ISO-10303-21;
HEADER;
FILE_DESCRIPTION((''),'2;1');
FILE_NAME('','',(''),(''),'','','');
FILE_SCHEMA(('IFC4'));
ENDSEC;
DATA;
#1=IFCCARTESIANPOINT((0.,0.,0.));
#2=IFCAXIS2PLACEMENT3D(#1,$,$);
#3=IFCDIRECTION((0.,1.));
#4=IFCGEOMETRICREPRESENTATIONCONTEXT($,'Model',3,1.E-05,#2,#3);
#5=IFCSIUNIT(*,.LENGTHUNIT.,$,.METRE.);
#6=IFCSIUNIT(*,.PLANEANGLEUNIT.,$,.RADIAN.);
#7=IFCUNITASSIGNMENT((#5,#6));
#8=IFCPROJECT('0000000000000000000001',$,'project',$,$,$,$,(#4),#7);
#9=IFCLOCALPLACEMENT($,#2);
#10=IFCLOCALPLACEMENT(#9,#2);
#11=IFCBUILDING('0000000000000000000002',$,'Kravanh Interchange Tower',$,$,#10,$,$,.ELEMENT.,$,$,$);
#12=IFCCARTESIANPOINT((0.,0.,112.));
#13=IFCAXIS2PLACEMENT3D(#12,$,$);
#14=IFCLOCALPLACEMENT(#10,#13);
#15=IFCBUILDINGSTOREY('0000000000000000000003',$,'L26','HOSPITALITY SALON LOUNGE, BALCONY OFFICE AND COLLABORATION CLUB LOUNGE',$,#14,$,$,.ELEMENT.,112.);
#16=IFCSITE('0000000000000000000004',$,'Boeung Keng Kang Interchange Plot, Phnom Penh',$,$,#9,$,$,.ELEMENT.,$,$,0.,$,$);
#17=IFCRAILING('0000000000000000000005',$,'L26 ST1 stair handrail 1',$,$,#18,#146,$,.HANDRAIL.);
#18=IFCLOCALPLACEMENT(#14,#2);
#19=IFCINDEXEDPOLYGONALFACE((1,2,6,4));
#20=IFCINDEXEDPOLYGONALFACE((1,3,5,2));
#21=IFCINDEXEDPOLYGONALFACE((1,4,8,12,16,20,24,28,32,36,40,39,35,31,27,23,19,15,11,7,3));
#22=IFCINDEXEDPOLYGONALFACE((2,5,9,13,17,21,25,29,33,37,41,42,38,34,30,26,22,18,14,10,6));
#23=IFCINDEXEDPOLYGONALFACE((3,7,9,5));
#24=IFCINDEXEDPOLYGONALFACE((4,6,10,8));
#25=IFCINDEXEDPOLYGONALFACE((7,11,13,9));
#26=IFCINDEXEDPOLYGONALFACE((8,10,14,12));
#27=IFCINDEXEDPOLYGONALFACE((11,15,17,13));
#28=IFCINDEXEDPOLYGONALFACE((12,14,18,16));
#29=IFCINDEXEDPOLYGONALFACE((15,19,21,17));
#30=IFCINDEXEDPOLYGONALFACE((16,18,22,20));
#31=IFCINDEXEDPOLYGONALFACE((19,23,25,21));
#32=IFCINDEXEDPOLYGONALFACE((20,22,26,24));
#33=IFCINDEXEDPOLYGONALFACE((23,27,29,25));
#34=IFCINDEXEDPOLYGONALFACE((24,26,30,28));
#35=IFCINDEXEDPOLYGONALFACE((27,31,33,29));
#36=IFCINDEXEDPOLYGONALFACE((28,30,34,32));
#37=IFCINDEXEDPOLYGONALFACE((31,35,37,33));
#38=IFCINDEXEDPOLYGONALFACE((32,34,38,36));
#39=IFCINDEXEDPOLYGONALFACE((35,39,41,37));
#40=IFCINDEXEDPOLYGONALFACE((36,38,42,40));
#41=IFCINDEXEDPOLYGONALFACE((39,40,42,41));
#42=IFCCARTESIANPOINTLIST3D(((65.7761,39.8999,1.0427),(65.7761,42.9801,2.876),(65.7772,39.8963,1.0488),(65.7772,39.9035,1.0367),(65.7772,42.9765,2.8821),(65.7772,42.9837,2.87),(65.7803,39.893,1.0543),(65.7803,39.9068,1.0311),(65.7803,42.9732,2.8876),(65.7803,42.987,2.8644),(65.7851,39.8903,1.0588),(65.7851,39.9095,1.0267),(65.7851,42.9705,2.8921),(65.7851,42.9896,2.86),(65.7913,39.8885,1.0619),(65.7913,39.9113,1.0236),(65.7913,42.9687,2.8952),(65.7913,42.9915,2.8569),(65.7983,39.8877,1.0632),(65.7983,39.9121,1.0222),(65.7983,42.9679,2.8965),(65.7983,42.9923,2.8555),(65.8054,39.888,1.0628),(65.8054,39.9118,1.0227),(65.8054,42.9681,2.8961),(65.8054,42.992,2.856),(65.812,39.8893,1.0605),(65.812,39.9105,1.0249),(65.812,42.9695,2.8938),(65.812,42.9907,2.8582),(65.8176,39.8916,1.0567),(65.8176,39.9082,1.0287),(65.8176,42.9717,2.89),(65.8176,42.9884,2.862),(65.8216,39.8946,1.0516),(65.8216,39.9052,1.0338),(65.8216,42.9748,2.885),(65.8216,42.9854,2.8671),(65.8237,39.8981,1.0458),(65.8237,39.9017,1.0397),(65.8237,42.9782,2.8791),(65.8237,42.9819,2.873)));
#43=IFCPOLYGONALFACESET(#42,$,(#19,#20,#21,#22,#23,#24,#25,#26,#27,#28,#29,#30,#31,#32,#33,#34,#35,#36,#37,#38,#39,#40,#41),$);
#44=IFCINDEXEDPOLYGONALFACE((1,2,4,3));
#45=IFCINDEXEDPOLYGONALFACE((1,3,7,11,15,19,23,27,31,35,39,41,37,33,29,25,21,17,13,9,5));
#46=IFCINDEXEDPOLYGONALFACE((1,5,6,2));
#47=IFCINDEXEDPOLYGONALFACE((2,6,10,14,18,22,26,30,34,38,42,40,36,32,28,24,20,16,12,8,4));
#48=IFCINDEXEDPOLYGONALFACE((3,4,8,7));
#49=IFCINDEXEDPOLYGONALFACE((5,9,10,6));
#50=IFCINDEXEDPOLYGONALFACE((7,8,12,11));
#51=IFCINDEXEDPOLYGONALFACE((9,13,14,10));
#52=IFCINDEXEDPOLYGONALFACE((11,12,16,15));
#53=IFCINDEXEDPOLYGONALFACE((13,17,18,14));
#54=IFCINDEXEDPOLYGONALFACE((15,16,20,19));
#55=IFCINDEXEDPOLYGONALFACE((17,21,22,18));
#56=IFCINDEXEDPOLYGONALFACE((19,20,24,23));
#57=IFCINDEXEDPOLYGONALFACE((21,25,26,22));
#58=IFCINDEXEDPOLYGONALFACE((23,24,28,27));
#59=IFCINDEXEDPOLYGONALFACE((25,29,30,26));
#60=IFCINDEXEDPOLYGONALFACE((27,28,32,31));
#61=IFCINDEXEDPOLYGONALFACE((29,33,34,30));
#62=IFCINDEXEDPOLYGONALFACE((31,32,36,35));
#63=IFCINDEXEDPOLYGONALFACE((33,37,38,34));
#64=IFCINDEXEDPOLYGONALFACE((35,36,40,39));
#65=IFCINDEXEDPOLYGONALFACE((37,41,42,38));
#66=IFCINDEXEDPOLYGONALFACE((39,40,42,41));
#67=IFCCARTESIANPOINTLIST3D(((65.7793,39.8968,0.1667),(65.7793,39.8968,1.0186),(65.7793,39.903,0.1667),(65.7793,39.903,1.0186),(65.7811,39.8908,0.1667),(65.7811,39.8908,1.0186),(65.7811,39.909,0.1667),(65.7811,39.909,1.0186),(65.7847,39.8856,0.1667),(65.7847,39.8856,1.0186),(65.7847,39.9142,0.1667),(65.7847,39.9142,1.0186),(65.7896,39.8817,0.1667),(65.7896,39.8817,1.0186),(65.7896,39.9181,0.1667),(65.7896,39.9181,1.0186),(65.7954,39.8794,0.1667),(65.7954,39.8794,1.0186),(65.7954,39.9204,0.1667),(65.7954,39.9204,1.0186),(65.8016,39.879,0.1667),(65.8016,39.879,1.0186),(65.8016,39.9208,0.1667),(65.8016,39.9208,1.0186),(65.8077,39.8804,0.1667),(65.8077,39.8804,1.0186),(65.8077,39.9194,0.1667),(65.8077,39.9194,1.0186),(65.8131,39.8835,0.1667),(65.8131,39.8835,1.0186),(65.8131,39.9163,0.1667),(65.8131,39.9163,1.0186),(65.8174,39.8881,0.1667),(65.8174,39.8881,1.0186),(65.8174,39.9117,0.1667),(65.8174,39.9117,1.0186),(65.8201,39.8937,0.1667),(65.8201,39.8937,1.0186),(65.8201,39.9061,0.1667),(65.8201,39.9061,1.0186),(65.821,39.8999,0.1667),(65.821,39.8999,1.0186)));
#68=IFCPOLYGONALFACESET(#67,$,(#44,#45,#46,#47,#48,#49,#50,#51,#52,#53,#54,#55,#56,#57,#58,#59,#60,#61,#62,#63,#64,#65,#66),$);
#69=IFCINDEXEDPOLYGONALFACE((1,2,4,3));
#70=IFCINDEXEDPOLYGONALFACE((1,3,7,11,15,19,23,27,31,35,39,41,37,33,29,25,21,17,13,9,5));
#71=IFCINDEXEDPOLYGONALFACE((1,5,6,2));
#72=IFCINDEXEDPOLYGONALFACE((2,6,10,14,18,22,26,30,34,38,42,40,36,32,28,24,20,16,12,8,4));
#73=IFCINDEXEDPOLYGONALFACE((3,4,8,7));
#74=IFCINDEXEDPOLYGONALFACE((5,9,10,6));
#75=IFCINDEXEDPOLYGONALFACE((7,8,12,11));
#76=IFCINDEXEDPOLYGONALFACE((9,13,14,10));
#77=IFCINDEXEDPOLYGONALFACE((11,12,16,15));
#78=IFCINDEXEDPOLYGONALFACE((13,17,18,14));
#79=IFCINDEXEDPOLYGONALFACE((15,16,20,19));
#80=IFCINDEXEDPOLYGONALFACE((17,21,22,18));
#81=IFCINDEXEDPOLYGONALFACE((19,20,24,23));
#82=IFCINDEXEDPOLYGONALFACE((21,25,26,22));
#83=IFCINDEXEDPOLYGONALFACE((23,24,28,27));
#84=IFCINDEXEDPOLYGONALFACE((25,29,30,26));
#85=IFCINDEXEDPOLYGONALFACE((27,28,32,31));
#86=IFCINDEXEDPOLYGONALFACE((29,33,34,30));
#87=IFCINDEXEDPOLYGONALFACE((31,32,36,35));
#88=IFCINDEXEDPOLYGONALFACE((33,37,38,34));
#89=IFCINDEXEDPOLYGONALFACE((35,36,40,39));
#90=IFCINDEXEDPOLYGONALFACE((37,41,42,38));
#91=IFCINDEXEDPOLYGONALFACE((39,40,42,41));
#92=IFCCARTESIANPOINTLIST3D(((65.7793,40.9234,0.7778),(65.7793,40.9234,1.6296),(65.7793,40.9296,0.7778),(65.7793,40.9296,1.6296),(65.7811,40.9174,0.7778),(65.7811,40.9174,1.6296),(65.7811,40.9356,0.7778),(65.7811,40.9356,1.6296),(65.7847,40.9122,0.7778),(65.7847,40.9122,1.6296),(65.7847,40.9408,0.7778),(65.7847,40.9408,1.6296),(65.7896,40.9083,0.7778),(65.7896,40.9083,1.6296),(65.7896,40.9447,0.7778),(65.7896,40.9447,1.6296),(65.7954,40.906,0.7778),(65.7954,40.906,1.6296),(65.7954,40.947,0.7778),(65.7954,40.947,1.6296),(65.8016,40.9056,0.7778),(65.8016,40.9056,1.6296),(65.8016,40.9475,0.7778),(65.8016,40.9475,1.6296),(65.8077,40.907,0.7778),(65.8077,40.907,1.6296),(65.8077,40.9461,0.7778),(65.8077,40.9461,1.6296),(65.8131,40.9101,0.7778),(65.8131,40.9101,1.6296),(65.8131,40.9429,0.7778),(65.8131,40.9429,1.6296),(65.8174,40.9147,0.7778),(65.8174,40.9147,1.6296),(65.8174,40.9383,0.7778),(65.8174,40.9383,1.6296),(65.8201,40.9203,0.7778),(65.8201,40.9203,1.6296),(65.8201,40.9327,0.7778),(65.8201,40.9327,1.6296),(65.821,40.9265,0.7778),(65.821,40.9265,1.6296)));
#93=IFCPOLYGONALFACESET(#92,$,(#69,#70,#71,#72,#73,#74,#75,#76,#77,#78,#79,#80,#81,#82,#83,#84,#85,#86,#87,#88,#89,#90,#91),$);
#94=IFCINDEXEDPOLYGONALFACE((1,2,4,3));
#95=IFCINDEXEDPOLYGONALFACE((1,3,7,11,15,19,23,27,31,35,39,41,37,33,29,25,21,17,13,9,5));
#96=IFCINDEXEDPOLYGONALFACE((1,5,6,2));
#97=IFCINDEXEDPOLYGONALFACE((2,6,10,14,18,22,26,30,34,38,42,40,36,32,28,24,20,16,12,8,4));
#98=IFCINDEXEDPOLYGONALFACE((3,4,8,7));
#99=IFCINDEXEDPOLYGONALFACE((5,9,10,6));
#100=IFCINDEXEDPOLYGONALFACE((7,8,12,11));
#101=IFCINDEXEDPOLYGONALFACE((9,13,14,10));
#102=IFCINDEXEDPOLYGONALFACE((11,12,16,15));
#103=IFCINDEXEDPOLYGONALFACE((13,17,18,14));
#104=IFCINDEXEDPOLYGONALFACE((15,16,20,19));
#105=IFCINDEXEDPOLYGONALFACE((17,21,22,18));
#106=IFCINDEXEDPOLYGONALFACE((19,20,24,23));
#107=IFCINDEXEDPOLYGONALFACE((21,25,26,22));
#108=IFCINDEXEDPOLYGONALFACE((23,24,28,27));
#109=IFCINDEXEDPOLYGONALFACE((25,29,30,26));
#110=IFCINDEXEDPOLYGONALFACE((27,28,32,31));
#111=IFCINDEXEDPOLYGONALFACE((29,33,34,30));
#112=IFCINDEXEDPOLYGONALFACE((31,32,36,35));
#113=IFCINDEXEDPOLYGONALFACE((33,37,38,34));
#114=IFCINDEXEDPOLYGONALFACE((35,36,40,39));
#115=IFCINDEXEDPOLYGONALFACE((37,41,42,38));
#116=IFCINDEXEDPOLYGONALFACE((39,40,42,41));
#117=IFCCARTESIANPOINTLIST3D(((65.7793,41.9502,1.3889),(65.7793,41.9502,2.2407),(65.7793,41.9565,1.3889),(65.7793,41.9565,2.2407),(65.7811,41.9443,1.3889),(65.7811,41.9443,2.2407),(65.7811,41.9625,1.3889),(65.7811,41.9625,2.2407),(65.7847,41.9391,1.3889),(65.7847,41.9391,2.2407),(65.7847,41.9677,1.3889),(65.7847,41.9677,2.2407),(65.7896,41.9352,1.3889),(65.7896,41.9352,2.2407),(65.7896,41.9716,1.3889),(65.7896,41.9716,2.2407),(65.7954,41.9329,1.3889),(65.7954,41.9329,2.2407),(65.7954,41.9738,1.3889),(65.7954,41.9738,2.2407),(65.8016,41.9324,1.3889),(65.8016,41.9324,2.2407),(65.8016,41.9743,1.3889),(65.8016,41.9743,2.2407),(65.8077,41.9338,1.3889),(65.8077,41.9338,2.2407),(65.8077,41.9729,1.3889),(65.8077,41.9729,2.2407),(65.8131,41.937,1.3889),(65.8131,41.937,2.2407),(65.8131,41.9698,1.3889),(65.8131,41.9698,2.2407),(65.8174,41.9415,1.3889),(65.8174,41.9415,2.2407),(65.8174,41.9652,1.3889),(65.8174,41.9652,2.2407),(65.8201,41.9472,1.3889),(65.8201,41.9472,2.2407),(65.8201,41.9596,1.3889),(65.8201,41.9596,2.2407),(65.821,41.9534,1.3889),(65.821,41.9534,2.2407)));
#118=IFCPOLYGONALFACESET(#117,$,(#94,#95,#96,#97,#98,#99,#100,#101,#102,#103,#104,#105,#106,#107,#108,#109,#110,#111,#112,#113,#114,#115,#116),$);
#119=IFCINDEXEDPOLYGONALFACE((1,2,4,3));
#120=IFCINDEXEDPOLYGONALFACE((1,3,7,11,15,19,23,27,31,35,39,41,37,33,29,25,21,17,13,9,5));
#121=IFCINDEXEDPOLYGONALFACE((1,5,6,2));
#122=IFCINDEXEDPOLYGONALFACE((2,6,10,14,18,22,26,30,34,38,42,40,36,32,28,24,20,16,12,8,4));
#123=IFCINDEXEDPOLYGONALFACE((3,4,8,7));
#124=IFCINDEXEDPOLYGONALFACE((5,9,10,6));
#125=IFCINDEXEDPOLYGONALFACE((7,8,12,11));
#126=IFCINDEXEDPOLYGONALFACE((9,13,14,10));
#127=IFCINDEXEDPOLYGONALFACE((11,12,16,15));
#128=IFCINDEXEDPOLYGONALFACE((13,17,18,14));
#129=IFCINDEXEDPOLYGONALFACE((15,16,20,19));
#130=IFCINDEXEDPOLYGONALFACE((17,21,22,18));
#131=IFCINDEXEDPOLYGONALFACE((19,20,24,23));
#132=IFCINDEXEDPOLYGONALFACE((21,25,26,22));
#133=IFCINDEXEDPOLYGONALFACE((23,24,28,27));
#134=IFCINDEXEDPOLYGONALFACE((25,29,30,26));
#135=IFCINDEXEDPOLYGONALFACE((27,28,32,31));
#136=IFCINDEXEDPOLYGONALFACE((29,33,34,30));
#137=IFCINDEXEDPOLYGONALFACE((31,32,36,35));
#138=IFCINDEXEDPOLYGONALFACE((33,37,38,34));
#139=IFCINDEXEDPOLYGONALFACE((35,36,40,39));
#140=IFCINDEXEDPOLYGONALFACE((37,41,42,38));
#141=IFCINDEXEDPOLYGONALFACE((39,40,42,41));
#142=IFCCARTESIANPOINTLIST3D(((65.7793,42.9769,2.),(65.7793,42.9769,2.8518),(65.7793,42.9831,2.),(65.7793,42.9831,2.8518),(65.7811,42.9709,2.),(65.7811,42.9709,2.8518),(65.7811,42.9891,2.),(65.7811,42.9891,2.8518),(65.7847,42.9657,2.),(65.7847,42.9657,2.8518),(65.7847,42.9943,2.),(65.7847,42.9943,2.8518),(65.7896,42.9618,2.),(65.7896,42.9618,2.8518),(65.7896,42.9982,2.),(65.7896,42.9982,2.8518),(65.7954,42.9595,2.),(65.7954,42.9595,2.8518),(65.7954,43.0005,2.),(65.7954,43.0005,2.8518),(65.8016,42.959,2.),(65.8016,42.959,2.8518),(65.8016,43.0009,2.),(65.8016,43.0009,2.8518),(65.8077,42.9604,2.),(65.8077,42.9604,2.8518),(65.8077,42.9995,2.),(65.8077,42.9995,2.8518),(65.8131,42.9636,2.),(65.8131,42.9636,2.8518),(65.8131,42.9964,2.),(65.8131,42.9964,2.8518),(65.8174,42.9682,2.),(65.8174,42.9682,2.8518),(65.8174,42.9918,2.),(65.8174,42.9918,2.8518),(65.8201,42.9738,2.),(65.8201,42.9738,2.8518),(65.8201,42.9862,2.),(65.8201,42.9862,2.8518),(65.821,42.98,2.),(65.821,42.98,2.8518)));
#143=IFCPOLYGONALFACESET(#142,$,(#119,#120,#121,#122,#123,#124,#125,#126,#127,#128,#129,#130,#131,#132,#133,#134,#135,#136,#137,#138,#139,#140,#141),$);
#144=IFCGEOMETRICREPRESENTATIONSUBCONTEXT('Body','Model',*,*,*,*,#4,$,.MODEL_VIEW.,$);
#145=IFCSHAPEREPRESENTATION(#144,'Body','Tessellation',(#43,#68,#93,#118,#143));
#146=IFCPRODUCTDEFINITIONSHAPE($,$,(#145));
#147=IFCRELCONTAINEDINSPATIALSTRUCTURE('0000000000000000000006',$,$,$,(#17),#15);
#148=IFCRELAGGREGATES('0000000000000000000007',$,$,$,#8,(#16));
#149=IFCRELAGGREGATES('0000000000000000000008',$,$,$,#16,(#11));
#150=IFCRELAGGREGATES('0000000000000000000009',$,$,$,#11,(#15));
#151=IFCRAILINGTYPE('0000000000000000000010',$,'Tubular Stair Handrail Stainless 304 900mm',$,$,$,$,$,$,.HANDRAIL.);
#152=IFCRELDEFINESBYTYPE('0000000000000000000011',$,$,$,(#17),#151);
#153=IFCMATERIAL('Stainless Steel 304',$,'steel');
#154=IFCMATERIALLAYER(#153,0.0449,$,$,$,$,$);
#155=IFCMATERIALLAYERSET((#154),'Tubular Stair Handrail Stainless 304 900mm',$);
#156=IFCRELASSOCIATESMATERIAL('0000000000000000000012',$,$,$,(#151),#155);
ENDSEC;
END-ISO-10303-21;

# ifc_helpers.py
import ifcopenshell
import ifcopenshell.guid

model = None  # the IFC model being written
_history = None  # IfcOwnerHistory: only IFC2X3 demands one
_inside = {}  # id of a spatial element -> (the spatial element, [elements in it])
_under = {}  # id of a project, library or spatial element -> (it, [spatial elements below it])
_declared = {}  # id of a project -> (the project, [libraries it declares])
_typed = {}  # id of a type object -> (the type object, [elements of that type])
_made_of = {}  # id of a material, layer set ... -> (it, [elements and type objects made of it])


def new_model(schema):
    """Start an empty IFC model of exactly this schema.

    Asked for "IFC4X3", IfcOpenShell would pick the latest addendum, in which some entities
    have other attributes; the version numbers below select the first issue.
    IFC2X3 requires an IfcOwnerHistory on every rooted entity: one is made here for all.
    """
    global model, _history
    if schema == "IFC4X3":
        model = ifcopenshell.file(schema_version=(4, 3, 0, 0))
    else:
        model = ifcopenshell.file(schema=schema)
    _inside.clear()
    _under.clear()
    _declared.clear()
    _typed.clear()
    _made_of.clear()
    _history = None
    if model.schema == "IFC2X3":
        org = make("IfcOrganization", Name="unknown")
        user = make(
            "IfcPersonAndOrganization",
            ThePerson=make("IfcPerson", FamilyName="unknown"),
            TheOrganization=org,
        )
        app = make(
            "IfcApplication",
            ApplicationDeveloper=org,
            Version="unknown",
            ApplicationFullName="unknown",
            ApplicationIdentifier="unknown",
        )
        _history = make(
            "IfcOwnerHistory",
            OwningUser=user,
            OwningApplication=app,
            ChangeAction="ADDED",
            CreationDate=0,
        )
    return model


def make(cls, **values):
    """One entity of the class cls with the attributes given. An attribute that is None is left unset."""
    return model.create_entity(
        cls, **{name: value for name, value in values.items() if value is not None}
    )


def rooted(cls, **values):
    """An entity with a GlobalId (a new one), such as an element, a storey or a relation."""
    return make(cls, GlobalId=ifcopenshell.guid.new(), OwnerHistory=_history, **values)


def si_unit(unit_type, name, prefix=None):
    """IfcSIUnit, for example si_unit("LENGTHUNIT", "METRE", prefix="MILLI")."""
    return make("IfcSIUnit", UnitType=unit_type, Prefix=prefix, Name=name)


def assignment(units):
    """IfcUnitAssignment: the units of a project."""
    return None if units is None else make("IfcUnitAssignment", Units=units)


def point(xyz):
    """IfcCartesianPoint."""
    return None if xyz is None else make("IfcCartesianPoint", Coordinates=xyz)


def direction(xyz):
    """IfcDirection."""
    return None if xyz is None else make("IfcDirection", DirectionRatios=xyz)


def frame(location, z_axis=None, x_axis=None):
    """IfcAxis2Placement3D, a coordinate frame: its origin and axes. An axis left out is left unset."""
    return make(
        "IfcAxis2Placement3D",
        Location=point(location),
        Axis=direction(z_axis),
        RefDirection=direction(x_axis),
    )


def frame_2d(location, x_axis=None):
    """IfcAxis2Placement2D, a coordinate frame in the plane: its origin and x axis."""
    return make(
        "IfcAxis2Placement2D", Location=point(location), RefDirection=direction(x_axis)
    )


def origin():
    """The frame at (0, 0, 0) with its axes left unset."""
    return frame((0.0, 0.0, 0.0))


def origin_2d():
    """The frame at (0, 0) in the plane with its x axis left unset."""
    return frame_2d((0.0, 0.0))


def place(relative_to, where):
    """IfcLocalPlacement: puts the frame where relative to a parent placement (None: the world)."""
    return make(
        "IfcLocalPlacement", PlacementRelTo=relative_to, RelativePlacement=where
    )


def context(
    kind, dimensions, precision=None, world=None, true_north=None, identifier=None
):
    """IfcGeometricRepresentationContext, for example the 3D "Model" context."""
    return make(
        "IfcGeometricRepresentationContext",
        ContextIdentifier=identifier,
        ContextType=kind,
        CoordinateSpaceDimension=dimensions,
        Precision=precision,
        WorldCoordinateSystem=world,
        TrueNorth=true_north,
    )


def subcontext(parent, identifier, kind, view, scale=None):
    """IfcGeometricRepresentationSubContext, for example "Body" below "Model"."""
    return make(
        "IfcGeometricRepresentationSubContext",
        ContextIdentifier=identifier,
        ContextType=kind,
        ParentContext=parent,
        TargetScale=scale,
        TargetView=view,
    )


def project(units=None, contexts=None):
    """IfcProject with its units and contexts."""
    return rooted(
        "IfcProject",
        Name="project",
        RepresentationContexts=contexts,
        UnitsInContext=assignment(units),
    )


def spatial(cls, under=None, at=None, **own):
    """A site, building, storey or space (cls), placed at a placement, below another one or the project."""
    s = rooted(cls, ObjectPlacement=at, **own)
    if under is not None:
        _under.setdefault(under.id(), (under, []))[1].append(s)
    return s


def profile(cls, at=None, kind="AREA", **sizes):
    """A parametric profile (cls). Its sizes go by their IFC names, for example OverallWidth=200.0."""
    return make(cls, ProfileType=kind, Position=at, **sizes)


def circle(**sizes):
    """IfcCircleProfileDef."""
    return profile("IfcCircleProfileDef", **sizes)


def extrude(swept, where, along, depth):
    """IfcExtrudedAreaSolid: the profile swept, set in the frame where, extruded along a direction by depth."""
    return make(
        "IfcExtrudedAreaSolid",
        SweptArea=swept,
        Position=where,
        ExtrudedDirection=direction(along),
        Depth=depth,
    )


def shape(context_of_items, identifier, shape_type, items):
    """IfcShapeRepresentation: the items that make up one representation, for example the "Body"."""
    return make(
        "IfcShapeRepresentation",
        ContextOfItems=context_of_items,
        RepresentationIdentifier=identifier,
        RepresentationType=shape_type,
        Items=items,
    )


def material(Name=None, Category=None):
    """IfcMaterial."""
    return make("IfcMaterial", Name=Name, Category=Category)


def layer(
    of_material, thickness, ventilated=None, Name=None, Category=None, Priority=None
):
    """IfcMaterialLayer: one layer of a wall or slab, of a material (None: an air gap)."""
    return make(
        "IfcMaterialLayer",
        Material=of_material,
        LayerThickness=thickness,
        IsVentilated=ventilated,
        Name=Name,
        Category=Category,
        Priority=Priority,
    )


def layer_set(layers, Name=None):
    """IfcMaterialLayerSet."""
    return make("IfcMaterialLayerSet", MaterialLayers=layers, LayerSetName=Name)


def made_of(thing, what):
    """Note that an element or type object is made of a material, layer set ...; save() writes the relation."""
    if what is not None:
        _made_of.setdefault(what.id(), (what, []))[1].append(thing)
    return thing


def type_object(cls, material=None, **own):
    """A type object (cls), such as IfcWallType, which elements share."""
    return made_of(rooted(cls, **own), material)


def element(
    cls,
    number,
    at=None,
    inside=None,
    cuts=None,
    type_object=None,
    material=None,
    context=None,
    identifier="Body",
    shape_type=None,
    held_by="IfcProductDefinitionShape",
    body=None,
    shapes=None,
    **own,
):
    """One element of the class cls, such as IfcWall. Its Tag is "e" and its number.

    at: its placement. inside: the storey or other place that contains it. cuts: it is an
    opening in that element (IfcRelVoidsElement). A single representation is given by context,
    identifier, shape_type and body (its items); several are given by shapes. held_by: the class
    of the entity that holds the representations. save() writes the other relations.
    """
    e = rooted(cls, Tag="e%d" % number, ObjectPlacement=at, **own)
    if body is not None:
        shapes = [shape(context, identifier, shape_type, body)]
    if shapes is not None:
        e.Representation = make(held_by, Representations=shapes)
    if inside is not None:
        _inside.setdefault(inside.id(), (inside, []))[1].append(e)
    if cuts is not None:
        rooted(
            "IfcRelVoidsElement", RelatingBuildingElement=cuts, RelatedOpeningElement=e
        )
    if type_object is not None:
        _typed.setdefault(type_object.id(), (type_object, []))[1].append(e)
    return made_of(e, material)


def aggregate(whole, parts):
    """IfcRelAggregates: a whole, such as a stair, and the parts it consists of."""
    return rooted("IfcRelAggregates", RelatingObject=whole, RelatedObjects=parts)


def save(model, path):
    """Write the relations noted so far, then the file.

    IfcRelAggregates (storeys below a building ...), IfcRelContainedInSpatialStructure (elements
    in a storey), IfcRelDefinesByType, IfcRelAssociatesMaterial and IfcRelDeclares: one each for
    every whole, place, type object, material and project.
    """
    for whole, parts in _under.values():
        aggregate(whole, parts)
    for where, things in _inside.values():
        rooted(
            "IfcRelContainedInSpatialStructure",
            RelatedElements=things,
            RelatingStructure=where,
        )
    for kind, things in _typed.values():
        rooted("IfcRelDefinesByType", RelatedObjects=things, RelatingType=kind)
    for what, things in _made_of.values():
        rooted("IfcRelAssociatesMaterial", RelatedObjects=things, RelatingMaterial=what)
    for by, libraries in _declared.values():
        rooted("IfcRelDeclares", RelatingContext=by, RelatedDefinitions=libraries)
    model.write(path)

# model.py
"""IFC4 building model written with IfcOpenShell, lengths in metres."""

from ifc_helpers import new_model, si_unit, direction, frame, origin, origin_2d, place, context, subcontext, project, spatial, circle, extrude, material, layer, layer_set, type_object, element, save


model = new_model("IFC4")

# Units and contexts
model_context = context("Model", 3, precision=1e-05, world=origin(), true_north=direction((0.0, 1.0)))
body_context = subcontext(model_context, "Body", "Model", "MODEL_VIEW")
ifc_project = project(units=[si_unit("LENGTHUNIT", "METRE"), si_unit("PLANEANGLEUNIT", "RADIAN")], contexts=[model_context])

# Site, building, storey
site_placement = place(None, origin())
site = spatial("IfcSite", under=ifc_project, at=site_placement, Name="Boeung Keng Kang Interchange Plot, Phnom Penh", CompositionType="ELEMENT", RefElevation=0.0)
building_placement = place(site_placement, origin())
building = spatial("IfcBuilding", under=site, at=building_placement, Name="Kravanh Interchange Tower", CompositionType="ELEMENT")
storey_placement = place(building_placement, frame((0.0, 0.0, 112.0)))
storey = spatial("IfcBuildingStorey", under=building, at=storey_placement, Name="L26", Description="HOSPITALITY SALON LOUNGE, BALCONY OFFICE AND COLLABORATION CLUB LOUNGE", CompositionType="ELEMENT", Elevation=112.0)

# Railing
ifc_material_1 = material(Name="Stainless Steel 304", Category="steel")
ifc_layer_1 = layer(ifc_material_1, 0.0449)
ifc_layer_set_1 = layer_set([ifc_layer_1], Name="Tubular Stair Handrail Stainless 304 900mm")
railing_type_1 = type_object("IfcRailingType", Name="Tubular Stair Handrail Stainless 304 900mm", PredefinedType="HANDRAIL", material=ifc_layer_set_1)
railing_1_placement = place(storey_placement, frame((65.8, 39.8999, 0.1667)))
element("IfcRailing", 1, at=railing_1_placement, inside=storey, type_object=railing_type_1, Name="L26 ST1 stair handrail 1", PredefinedType="HANDRAIL", context=body_context, shape_type="SweptSolid", body=[
    extrude(circle(Radius=0.0239, at=origin_2d()), frame((0.0, 0.0, 0.876), z_axis=(0.0, 0.859309, 0.511458), x_axis=(-1.0, 0.0, 0.0)), (0.0, 0.0, 1.0), 3.5845),
    extrude(circle(Radius=0.021, at=origin_2d()), origin(), (0.0, 0.0, 1.0), 0.8518),
    extrude(circle(Radius=0.021, at=origin_2d()), frame((0.0, 1.0266, 0.6111)), (0.0, 0.0, 1.0), 0.8518),
    extrude(circle(Radius=0.021, at=origin_2d()), frame((0.0, 2.0535, 1.2222)), (0.0, 0.0, 1.0), 0.8518),
    extrude(circle(Radius=0.021, at=origin_2d()), frame((0.0, 3.0801, 1.8333)), (0.0, 0.0, 1.0), 0.8518),
])

save(model, "model.ifc")
